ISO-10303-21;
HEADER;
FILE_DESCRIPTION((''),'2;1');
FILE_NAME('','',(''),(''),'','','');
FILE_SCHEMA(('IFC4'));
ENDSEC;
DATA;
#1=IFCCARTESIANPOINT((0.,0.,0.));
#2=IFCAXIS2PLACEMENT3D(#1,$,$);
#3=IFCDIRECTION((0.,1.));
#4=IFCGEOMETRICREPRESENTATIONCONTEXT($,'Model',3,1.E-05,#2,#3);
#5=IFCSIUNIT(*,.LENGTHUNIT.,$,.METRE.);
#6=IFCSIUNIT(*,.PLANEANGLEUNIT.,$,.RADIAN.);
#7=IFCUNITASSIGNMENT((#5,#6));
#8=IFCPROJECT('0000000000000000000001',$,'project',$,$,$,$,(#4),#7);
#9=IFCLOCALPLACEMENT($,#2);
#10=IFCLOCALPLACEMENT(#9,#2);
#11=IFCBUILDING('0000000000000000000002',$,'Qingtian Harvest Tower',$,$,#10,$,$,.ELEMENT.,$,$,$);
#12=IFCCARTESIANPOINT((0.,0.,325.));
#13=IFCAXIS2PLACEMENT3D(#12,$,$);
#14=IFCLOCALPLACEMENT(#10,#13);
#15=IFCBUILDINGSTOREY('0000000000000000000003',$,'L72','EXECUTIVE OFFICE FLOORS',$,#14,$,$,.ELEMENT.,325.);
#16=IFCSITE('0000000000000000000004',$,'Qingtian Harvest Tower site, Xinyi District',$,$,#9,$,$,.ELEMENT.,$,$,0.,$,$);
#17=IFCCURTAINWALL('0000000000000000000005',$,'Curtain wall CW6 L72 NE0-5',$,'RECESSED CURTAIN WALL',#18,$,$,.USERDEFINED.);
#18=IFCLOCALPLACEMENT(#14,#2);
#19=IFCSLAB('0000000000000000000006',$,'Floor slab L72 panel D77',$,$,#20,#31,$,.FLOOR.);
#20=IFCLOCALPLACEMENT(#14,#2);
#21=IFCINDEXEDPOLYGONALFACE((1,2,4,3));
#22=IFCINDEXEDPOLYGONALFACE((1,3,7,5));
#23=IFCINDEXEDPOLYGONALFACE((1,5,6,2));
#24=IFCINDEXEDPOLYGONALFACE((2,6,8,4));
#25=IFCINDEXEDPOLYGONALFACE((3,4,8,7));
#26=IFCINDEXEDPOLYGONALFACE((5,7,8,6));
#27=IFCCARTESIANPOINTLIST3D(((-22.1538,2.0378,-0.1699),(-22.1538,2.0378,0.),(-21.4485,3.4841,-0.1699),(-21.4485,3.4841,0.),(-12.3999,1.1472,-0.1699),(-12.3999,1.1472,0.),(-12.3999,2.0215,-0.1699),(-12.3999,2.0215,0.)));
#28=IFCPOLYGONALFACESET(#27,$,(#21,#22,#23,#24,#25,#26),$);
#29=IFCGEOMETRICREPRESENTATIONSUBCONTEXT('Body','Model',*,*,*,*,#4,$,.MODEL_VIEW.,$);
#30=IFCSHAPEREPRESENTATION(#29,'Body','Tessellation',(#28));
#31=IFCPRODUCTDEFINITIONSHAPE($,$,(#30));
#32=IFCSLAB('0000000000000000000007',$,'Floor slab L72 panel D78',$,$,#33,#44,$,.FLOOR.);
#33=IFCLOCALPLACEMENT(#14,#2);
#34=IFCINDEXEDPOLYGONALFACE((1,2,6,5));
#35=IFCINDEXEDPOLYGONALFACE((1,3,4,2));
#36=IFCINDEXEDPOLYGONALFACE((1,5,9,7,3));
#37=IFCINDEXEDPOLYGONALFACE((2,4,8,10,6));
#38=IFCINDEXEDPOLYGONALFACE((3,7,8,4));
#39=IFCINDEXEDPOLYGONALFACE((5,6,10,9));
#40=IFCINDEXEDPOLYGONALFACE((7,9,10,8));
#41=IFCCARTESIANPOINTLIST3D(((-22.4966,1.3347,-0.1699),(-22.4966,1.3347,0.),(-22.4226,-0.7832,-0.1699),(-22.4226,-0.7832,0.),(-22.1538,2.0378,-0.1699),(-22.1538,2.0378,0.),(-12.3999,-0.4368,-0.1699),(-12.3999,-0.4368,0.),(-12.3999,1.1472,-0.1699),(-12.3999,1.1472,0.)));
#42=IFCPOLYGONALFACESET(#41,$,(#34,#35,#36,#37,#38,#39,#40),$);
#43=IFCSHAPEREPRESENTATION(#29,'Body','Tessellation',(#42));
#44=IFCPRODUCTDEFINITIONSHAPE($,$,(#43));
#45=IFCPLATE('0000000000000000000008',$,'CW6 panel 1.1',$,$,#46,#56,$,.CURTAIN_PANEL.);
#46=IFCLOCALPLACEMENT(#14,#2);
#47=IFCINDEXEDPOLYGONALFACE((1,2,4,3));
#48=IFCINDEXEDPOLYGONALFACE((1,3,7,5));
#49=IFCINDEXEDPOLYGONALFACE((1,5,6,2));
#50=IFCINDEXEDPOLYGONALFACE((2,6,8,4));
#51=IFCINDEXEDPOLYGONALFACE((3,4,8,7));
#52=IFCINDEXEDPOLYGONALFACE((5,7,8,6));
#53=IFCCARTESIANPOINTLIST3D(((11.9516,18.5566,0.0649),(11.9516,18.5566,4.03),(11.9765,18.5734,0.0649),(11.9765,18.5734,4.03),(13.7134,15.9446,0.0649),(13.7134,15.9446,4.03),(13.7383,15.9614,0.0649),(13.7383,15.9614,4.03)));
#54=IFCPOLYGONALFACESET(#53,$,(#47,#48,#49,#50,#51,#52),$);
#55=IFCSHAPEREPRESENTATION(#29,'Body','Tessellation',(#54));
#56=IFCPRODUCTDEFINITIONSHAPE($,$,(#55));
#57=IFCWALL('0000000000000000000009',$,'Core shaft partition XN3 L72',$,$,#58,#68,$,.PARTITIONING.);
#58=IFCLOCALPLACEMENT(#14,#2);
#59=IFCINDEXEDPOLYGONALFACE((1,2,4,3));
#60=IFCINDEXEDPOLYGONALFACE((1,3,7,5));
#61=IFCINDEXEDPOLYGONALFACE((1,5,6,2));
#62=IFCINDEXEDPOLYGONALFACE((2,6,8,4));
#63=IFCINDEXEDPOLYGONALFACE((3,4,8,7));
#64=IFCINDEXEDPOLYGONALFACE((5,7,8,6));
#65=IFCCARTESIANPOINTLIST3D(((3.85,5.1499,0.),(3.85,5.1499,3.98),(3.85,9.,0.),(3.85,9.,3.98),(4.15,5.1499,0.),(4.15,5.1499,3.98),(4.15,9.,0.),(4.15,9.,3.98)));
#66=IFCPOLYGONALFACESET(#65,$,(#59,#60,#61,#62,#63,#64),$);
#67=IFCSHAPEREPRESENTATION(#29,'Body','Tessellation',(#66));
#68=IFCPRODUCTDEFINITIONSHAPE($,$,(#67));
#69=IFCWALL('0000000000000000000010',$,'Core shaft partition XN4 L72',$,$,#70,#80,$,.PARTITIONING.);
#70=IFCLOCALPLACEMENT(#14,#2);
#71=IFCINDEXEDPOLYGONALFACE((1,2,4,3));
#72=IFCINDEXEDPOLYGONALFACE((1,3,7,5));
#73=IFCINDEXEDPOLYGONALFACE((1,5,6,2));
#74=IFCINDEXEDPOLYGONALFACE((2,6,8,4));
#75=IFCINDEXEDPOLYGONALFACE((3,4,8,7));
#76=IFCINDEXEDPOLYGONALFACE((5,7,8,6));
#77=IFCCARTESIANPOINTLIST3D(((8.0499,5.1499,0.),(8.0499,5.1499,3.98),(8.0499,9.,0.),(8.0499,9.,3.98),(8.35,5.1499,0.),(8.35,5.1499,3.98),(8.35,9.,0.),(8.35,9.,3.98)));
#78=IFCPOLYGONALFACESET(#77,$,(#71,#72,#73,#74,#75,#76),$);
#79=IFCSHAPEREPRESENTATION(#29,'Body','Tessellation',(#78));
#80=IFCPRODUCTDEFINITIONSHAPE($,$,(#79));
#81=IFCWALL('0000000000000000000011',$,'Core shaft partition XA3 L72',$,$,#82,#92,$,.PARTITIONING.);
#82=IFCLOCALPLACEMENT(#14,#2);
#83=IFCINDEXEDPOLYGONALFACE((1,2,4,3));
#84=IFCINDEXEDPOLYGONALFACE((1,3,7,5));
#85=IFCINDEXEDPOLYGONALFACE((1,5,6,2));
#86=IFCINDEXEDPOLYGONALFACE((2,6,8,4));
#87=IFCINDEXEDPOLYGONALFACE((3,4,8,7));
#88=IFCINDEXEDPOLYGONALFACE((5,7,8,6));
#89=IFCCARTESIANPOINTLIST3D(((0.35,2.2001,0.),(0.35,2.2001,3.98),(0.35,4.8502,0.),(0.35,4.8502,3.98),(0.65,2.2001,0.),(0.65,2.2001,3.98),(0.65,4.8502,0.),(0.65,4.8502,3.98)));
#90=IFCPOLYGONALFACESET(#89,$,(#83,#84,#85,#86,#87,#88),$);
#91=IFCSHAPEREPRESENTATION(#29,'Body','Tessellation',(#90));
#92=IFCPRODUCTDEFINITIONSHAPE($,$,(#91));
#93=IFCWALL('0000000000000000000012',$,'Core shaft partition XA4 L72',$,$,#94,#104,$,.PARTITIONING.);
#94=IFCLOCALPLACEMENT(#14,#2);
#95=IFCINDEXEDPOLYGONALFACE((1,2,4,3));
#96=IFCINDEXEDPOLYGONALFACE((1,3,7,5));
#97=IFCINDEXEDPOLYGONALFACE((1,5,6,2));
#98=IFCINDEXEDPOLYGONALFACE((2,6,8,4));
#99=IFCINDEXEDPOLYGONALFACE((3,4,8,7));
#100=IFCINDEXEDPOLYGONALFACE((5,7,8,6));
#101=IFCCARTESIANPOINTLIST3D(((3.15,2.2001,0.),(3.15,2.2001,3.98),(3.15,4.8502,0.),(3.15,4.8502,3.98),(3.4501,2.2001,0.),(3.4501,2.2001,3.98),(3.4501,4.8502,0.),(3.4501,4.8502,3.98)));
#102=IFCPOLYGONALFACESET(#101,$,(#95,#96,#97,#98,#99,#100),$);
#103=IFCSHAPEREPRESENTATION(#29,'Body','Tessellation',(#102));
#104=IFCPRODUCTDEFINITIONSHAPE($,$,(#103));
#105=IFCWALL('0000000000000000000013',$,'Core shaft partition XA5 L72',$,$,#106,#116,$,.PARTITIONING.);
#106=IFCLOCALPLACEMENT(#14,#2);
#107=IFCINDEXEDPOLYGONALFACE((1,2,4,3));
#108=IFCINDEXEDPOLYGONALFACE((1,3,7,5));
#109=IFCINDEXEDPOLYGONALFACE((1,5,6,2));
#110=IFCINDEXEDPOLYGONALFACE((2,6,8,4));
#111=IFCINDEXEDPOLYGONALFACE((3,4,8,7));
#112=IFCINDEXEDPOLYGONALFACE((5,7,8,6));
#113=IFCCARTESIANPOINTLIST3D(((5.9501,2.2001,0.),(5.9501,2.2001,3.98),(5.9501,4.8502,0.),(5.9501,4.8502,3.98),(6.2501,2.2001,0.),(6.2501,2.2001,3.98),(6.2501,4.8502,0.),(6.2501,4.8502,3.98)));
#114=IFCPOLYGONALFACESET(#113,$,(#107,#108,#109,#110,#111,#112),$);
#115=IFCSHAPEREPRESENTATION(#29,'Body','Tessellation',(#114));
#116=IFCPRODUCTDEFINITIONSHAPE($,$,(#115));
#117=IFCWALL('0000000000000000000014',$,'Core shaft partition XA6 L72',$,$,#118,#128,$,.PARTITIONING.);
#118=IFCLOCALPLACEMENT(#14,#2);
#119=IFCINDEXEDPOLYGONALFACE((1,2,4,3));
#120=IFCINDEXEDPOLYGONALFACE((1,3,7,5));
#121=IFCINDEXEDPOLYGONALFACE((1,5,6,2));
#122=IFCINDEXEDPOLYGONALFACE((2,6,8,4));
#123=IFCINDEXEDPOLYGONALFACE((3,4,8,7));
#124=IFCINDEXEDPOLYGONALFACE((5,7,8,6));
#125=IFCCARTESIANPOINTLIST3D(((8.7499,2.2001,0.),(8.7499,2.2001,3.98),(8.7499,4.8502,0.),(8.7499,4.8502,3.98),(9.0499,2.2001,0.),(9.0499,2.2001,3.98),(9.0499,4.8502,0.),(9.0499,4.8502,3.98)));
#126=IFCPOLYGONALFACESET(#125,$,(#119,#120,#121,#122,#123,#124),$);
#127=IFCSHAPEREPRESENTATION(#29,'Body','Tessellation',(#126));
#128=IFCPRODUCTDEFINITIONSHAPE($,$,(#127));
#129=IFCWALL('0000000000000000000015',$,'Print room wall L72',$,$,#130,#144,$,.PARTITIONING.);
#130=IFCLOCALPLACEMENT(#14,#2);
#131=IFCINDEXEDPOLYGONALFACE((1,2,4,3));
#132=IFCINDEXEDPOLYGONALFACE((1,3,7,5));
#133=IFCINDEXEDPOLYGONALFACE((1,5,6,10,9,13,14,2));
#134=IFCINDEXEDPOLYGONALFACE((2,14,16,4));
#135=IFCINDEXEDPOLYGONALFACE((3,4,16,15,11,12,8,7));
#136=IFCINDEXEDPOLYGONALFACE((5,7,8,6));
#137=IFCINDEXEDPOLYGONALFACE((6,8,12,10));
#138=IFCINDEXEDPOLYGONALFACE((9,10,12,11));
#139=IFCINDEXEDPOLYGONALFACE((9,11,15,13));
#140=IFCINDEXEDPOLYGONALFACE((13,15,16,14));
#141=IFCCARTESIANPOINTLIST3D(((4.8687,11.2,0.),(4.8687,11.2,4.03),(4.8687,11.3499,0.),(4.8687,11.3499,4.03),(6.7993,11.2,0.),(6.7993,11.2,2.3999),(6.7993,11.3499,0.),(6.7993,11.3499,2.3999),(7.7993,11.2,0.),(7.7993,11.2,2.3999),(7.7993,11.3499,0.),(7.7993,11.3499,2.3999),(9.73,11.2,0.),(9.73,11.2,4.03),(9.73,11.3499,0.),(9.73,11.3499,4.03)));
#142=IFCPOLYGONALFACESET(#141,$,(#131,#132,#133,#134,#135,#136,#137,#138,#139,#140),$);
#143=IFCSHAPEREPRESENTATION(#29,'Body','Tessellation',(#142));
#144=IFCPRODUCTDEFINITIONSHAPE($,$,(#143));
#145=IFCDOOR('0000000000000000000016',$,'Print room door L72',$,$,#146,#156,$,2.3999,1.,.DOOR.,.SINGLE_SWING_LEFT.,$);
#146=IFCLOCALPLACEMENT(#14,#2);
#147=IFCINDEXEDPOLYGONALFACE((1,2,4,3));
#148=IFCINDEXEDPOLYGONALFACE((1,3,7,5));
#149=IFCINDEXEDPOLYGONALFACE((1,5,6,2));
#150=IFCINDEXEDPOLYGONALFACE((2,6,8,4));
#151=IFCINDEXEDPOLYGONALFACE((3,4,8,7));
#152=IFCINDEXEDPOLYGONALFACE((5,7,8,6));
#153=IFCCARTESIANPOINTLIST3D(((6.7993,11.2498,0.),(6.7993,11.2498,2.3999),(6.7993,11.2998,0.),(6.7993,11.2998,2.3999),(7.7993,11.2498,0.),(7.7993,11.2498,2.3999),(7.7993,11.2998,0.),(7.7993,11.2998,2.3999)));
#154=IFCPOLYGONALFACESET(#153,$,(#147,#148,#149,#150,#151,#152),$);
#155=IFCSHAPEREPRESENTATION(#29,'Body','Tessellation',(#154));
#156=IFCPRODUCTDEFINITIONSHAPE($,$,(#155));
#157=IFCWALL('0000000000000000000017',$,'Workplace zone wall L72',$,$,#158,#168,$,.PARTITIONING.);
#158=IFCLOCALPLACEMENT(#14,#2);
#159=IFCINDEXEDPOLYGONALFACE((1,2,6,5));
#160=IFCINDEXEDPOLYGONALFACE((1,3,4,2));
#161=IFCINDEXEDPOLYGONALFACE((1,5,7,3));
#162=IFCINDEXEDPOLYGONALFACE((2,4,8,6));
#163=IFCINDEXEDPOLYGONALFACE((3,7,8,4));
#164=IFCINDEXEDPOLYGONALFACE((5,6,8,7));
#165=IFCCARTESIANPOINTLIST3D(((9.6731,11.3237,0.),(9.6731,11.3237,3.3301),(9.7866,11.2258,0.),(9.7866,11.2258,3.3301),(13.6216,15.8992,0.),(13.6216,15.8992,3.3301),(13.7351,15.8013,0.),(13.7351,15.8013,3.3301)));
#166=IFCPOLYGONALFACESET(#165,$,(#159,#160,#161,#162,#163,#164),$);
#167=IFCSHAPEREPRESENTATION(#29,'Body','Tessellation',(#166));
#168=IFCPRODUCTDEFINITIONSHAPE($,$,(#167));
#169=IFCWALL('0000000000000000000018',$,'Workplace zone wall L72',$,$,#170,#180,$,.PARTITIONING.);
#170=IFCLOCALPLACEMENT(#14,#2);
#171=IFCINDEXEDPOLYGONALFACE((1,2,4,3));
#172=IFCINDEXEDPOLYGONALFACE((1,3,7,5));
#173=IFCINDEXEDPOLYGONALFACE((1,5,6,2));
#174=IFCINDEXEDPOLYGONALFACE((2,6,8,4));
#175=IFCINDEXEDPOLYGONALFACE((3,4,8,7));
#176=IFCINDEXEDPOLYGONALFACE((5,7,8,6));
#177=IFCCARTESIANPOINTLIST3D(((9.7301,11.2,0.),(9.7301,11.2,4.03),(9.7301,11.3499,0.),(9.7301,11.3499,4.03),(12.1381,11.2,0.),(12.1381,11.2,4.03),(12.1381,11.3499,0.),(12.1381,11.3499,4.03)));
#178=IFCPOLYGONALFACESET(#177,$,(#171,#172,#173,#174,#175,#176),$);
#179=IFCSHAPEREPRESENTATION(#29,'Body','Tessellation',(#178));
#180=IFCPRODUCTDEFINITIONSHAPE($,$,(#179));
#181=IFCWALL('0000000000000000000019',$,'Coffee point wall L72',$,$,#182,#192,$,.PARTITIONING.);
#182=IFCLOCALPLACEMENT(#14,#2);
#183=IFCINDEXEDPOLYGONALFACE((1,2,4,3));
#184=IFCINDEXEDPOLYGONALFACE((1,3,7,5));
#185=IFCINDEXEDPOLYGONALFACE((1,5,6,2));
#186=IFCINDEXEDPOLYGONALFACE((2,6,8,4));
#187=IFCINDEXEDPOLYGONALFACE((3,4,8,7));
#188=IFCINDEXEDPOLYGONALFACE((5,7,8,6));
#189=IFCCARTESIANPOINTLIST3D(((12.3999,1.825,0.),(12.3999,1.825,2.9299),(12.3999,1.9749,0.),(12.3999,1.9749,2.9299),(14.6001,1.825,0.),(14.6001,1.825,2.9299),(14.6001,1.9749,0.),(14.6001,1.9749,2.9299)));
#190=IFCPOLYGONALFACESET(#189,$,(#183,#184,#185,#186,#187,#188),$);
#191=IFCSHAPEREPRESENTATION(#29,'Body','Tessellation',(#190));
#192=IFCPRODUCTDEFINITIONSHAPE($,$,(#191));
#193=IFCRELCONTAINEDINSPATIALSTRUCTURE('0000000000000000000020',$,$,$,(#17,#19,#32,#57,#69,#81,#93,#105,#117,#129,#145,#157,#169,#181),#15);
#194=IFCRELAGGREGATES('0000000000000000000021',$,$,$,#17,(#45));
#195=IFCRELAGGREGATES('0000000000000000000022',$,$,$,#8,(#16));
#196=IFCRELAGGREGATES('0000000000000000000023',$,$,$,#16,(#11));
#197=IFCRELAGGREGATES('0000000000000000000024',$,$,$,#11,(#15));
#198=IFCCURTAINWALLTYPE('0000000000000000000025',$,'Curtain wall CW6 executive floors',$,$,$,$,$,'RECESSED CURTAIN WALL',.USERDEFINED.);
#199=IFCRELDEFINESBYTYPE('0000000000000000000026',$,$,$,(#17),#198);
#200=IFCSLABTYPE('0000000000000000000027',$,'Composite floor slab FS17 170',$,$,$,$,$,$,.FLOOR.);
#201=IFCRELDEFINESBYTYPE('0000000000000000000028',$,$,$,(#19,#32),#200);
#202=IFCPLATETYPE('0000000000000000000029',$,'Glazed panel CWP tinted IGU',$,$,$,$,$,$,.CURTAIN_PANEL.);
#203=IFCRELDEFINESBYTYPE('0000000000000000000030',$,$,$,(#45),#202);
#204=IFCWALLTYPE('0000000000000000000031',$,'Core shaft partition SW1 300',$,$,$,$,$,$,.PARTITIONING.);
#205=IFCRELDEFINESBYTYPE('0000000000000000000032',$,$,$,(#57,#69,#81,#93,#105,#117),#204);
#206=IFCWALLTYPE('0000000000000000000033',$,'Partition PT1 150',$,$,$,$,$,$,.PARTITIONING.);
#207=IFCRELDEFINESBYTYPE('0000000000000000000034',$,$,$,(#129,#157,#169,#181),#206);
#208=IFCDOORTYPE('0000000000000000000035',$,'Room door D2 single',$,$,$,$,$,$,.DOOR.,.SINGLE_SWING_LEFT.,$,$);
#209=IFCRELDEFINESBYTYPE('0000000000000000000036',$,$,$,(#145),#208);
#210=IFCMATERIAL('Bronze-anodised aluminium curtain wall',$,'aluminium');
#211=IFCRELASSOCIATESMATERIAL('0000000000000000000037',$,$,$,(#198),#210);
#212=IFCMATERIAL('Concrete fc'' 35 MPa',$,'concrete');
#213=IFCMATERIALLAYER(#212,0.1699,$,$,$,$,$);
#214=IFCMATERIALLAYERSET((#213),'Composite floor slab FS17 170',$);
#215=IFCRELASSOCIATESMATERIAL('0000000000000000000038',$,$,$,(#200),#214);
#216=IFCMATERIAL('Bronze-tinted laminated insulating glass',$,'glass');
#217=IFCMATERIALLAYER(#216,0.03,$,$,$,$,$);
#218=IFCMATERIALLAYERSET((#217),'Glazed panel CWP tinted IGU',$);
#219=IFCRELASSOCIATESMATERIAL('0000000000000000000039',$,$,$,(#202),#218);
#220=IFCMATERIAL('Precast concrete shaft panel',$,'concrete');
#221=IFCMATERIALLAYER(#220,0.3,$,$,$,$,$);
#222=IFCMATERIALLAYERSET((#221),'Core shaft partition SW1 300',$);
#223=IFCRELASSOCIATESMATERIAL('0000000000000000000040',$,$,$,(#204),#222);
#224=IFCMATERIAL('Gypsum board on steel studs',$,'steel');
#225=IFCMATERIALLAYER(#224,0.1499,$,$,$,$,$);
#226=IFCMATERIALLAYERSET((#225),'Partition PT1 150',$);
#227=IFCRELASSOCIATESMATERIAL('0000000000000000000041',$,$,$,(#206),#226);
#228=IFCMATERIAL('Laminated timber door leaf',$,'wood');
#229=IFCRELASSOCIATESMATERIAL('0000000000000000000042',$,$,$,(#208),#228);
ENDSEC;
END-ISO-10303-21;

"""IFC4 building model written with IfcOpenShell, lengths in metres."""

from ifc_helpers import new_model, si_unit, direction, frame, frame_2d, origin, origin_2d, place, context, subcontext, project, spatial, polyline, rectangle, outline, extrude, material, layer, layer_set, type_object, element, fill, aggregate, save


model = new_model("IFC4")

# Units and contexts
model_context = context("Model", 3, precision=1e-05, world=origin(), true_north=direction((0.0, 1.0)))
body_context = subcontext(model_context, "Body", "Model", "MODEL_VIEW")
ifc_project = project(units=[si_unit("LENGTHUNIT", "METRE"), si_unit("PLANEANGLEUNIT", "RADIAN")], contexts=[model_context])

# Site, building, storey
site_placement = place(None, origin())
site = spatial("IfcSite", under=ifc_project, at=site_placement, Name="Qingtian Harvest Tower site, Xinyi District", CompositionType="ELEMENT", RefElevation=0.0)
building_placement = place(site_placement, origin())
building = spatial("IfcBuilding", under=site, at=building_placement, Name="Qingtian Harvest Tower", CompositionType="ELEMENT")
storey_placement = place(building_placement, frame((0.0, 0.0, 325.0)))
storey = spatial("IfcBuildingStorey", under=building, at=storey_placement, Name="L72", Description="EXECUTIVE OFFICE FLOORS", CompositionType="ELEMENT", Elevation=325.0)

# Curtain wall
ifc_material_1 = material(Name="Bronze-anodised aluminium curtain wall", Category="aluminium")
curtain_wall_type = type_object("IfcCurtainWallType", Name="Curtain wall CW6 executive floors", ElementType="RECESSED CURTAIN WALL", PredefinedType="USERDEFINED", material=ifc_material_1)
curtain_wall_placement = place(storey_placement, origin())
curtain_wall = element("IfcCurtainWall", 1, at=curtain_wall_placement, inside=storey, type_object=curtain_wall_type, Name="Curtain wall CW6 L72 NE0-5", ObjectType="RECESSED CURTAIN WALL", PredefinedType="USERDEFINED")

# Slabs
ifc_material_2 = material(Name="Concrete fc' 35 MPa", Category="concrete")
ifc_layer_1 = layer(ifc_material_2, 0.1699)
ifc_layer_set_1 = layer_set([ifc_layer_1], Name="Composite floor slab FS17 170")
slab_type = type_object("IfcSlabType", Name="Composite floor slab FS17 170", PredefinedType="FLOOR", material=ifc_layer_set_1)
slab_1_placement = place(storey_placement, frame((0.0, 0.0, -0.1699)))
element("IfcSlab", 2, at=slab_1_placement, inside=storey, type_object=slab_type, Name="Floor slab L72 panel D77", PredefinedType="FLOOR", context=body_context, shape_type="SweptSolid", body=[
    extrude(outline(polyline([(-12.3999, 1.1472), (-22.1538, 2.0378), (-21.4485, 3.4841), (-12.3999, 2.0215), (-12.3999, 1.1472)])), origin(), (0.0, 0.0, 1.0), 0.1699),
])
slab_2_placement = place(storey_placement, frame((0.0, 0.0, -0.1699)))
element("IfcSlab", 3, at=slab_2_placement, inside=storey, type_object=slab_type, Name="Floor slab L72 panel D78", PredefinedType="FLOOR", context=body_context, shape_type="SweptSolid", body=[
    extrude(outline(polyline([(-12.3999, 1.1472), (-12.3999, -0.4368), (-22.4226, -0.7832), (-22.4966, 1.3347), (-22.1538, 2.0378), (-12.3999, 1.1472)])), origin(), (0.0, 0.0, 1.0), 0.1699),
])

# Plate
ifc_material_3 = material(Name="Bronze-tinted laminated insulating glass", Category="glass")
ifc_layer_2 = layer(ifc_material_3, 0.03)
ifc_layer_set_2 = layer_set([ifc_layer_2], Name="Glazed panel CWP tinted IGU")
plate_type = type_object("IfcPlateType", Name="Glazed panel CWP tinted IGU", PredefinedType="CURTAIN_PANEL", material=ifc_layer_set_2)
plate_placement = place(storey_placement, frame((12.845, 17.259, 0.0649), z_axis=(0.0, 0.0, 1.0), x_axis=(0.559193, -0.829038, 0.0)))
plate = element("IfcPlate", 4, at=plate_placement, type_object=plate_type, Name="CW6 panel 1.1", PredefinedType="CURTAIN_PANEL", context=body_context, shape_type="SweptSolid", body=[
    extrude(rectangle(XDim=3.1506, YDim=0.03, at=origin_2d()), origin(), (0.0, 0.0, 1.0), 3.9651),
])
aggregate(curtain_wall, [plate])

# Shared definitions
ifc_material_4 = material(Name="Precast concrete shaft panel", Category="concrete")
ifc_layer_3 = layer(ifc_material_4, 0.3)
ifc_layer_set_3 = layer_set([ifc_layer_3], Name="Core shaft partition SW1 300")
wall_type_1 = type_object("IfcWallType", Name="Core shaft partition SW1 300", PredefinedType="PARTITIONING", material=ifc_layer_set_3)

# Walls
for number, where, z_axis, x_axis, name in (
    (5, (4.0, 5.1499, 0.0), (0.0, 0.0, 1.0), (0.0, 1.0, 0.0), "Core shaft partition XN3 L72"),
    (6, (8.2, 5.1499, 0.0), (0.0, 0.0, 1.0), (0.0, 1.0, 0.0), "Core shaft partition XN4 L72"),
):
    element("IfcWall", number, at=place(storey_placement, frame(where, z_axis=z_axis, x_axis=x_axis)), inside=storey, type_object=wall_type_1, Name=name, PredefinedType="PARTITIONING", context=body_context, shape_type="SweptSolid", body=[
        extrude(rectangle(XDim=3.8501, YDim=0.3, at=frame_2d((1.925, 0.0))), origin(), (0.0, 0.0, 1.0), 3.98),
    ])
for number, where, z_axis, x_axis, name in (
    (7, (0.5, 2.2, 0.0), (0.0, 0.0, 1.0), (0.0, 1.0, 0.0), "Core shaft partition XA3 L72"),
    (8, (3.3, 2.2, 0.0), (0.0, 0.0, 1.0), (0.0, 1.0, 0.0), "Core shaft partition XA4 L72"),
    (9, (6.1001, 2.2, 0.0), (0.0, 0.0, 1.0), (0.0, 1.0, 0.0), "Core shaft partition XA5 L72"),
    (10, (8.8999, 2.2, 0.0), (0.0, 0.0, 1.0), (0.0, 1.0, 0.0), "Core shaft partition XA6 L72"),
):
    element("IfcWall", number, at=place(storey_placement, frame(where, z_axis=z_axis, x_axis=x_axis)), inside=storey, type_object=wall_type_1, Name=name, PredefinedType="PARTITIONING", context=body_context, shape_type="SweptSolid", body=[
        extrude(rectangle(XDim=2.6501, YDim=0.3, at=frame_2d((1.3252, 0.0))), origin(), (0.0, 0.0, 1.0), 3.98),
    ])

# Wall, opening, door
ifc_material_5 = material(Name="Gypsum board on steel studs", Category="steel")
ifc_layer_4 = layer(ifc_material_5, 0.1499)
ifc_layer_set_4 = layer_set([ifc_layer_4], Name="Partition PT1 150")
wall_type_2 = type_object("IfcWallType", Name="Partition PT1 150", PredefinedType="PARTITIONING", material=ifc_layer_set_4)
wall_1_placement = place(storey_placement, frame((4.8687, 11.2749, 0.0), z_axis=(0.0, 0.0, 1.0), x_axis=(1.0, 0.0, 0.0)))
wall_1 = element("IfcWall", 11, at=wall_1_placement, inside=storey, type_object=wall_type_2, Name="Print room wall L72", PredefinedType="PARTITIONING", context=body_context, shape_type="SweptSolid", body=[
    extrude(rectangle(XDim=4.8613, YDim=0.1499, at=frame_2d((2.4307, 0.0))), origin(), (0.0, 0.0, 1.0), 4.03),
])
opening_1_placement = place(wall_1_placement, frame((1.9307, 0.0, 0.0)))
opening_1 = element("IfcOpeningElement", 12, at=opening_1_placement, cuts=wall_1, PredefinedType="OPENING", context=body_context, shape_type="SweptSolid", body=[
    extrude(rectangle(XDim=1.0, YDim=2.3999, at=frame_2d((0.5, 1.2))), frame((0.0, 0.085, 0.0), z_axis=(0.0, -1.0, 0.0), x_axis=(1.0, 0.0, 0.0)), (0.0, 0.0, 1.0), 0.1699),
])
ifc_material_6 = material(Name="Laminated timber door leaf", Category="wood")
door_type_1 = type_object("IfcDoorType", Name="Room door D2 single", OperationType="SINGLE_SWING_LEFT", PredefinedType="DOOR", material=ifc_material_6)
door_1_placement = place(opening_1_placement, origin())
door_1 = element("IfcDoor", 13, at=door_1_placement, inside=storey, type_object=door_type_1, Name="Print room door L72", OperationType="SINGLE_SWING_LEFT", OverallHeight=2.3999, OverallWidth=1.0, PredefinedType="DOOR", context=body_context, shape_type="SweptSolid", body=[
    extrude(rectangle(XDim=1.0, YDim=2.3999, at=frame_2d((0.5, 1.2))), frame((0.0, 0.0249, 0.0), z_axis=(0.0, -1.0, 0.0), x_axis=(1.0, 0.0, 0.0)), (0.0, 0.0, 1.0), 0.05),
])
fill(opening_1, door_1)

# Walls
wall_2_placement = place(storey_placement, frame((13.6785, 15.8503, 0.0), z_axis=(0.0, 0.0, 1.0), x_axis=(-0.653333, -0.757071, 0.0)))
element("IfcWall", 14, at=wall_2_placement, inside=storey, type_object=wall_type_2, Name="Workplace zone wall L72", PredefinedType="PARTITIONING", context=body_context, shape_type="SweptSolid", body=[
    extrude(rectangle(XDim=6.0437, YDim=0.1499, at=frame_2d((3.022, 0.0))), origin(), (0.0, 0.0, 1.0), 3.3301),
])
wall_3_placement = place(storey_placement, frame((9.73, 11.2749, 0.0), z_axis=(0.0, 0.0, 1.0), x_axis=(1.0, 0.0, 0.0)))
element("IfcWall", 15, at=wall_3_placement, inside=storey, type_object=wall_type_2, Name="Workplace zone wall L72", PredefinedType="PARTITIONING", context=body_context, shape_type="SweptSolid", body=[
    extrude(rectangle(XDim=2.408, YDim=0.1499, at=frame_2d((1.2041, 0.0))), origin(), (0.0, 0.0, 1.0), 4.03),
])
wall_4_placement = place(storey_placement, frame((12.3999, 1.8999, 0.0), z_axis=(0.0, 0.0, 1.0), x_axis=(1.0, 0.0, 0.0)))
element("IfcWall", 16, at=wall_4_placement, inside=storey, type_object=wall_type_2, Name="Coffee point wall L72", PredefinedType="PARTITIONING", context=body_context, shape_type="SweptSolid", body=[
    extrude(rectangle(XDim=2.2002, YDim=0.1499, at=frame_2d((1.1001, 0.0))), origin(), (0.0, 0.0, 1.0), 2.9299),
])

save(model, "model.ifc")
